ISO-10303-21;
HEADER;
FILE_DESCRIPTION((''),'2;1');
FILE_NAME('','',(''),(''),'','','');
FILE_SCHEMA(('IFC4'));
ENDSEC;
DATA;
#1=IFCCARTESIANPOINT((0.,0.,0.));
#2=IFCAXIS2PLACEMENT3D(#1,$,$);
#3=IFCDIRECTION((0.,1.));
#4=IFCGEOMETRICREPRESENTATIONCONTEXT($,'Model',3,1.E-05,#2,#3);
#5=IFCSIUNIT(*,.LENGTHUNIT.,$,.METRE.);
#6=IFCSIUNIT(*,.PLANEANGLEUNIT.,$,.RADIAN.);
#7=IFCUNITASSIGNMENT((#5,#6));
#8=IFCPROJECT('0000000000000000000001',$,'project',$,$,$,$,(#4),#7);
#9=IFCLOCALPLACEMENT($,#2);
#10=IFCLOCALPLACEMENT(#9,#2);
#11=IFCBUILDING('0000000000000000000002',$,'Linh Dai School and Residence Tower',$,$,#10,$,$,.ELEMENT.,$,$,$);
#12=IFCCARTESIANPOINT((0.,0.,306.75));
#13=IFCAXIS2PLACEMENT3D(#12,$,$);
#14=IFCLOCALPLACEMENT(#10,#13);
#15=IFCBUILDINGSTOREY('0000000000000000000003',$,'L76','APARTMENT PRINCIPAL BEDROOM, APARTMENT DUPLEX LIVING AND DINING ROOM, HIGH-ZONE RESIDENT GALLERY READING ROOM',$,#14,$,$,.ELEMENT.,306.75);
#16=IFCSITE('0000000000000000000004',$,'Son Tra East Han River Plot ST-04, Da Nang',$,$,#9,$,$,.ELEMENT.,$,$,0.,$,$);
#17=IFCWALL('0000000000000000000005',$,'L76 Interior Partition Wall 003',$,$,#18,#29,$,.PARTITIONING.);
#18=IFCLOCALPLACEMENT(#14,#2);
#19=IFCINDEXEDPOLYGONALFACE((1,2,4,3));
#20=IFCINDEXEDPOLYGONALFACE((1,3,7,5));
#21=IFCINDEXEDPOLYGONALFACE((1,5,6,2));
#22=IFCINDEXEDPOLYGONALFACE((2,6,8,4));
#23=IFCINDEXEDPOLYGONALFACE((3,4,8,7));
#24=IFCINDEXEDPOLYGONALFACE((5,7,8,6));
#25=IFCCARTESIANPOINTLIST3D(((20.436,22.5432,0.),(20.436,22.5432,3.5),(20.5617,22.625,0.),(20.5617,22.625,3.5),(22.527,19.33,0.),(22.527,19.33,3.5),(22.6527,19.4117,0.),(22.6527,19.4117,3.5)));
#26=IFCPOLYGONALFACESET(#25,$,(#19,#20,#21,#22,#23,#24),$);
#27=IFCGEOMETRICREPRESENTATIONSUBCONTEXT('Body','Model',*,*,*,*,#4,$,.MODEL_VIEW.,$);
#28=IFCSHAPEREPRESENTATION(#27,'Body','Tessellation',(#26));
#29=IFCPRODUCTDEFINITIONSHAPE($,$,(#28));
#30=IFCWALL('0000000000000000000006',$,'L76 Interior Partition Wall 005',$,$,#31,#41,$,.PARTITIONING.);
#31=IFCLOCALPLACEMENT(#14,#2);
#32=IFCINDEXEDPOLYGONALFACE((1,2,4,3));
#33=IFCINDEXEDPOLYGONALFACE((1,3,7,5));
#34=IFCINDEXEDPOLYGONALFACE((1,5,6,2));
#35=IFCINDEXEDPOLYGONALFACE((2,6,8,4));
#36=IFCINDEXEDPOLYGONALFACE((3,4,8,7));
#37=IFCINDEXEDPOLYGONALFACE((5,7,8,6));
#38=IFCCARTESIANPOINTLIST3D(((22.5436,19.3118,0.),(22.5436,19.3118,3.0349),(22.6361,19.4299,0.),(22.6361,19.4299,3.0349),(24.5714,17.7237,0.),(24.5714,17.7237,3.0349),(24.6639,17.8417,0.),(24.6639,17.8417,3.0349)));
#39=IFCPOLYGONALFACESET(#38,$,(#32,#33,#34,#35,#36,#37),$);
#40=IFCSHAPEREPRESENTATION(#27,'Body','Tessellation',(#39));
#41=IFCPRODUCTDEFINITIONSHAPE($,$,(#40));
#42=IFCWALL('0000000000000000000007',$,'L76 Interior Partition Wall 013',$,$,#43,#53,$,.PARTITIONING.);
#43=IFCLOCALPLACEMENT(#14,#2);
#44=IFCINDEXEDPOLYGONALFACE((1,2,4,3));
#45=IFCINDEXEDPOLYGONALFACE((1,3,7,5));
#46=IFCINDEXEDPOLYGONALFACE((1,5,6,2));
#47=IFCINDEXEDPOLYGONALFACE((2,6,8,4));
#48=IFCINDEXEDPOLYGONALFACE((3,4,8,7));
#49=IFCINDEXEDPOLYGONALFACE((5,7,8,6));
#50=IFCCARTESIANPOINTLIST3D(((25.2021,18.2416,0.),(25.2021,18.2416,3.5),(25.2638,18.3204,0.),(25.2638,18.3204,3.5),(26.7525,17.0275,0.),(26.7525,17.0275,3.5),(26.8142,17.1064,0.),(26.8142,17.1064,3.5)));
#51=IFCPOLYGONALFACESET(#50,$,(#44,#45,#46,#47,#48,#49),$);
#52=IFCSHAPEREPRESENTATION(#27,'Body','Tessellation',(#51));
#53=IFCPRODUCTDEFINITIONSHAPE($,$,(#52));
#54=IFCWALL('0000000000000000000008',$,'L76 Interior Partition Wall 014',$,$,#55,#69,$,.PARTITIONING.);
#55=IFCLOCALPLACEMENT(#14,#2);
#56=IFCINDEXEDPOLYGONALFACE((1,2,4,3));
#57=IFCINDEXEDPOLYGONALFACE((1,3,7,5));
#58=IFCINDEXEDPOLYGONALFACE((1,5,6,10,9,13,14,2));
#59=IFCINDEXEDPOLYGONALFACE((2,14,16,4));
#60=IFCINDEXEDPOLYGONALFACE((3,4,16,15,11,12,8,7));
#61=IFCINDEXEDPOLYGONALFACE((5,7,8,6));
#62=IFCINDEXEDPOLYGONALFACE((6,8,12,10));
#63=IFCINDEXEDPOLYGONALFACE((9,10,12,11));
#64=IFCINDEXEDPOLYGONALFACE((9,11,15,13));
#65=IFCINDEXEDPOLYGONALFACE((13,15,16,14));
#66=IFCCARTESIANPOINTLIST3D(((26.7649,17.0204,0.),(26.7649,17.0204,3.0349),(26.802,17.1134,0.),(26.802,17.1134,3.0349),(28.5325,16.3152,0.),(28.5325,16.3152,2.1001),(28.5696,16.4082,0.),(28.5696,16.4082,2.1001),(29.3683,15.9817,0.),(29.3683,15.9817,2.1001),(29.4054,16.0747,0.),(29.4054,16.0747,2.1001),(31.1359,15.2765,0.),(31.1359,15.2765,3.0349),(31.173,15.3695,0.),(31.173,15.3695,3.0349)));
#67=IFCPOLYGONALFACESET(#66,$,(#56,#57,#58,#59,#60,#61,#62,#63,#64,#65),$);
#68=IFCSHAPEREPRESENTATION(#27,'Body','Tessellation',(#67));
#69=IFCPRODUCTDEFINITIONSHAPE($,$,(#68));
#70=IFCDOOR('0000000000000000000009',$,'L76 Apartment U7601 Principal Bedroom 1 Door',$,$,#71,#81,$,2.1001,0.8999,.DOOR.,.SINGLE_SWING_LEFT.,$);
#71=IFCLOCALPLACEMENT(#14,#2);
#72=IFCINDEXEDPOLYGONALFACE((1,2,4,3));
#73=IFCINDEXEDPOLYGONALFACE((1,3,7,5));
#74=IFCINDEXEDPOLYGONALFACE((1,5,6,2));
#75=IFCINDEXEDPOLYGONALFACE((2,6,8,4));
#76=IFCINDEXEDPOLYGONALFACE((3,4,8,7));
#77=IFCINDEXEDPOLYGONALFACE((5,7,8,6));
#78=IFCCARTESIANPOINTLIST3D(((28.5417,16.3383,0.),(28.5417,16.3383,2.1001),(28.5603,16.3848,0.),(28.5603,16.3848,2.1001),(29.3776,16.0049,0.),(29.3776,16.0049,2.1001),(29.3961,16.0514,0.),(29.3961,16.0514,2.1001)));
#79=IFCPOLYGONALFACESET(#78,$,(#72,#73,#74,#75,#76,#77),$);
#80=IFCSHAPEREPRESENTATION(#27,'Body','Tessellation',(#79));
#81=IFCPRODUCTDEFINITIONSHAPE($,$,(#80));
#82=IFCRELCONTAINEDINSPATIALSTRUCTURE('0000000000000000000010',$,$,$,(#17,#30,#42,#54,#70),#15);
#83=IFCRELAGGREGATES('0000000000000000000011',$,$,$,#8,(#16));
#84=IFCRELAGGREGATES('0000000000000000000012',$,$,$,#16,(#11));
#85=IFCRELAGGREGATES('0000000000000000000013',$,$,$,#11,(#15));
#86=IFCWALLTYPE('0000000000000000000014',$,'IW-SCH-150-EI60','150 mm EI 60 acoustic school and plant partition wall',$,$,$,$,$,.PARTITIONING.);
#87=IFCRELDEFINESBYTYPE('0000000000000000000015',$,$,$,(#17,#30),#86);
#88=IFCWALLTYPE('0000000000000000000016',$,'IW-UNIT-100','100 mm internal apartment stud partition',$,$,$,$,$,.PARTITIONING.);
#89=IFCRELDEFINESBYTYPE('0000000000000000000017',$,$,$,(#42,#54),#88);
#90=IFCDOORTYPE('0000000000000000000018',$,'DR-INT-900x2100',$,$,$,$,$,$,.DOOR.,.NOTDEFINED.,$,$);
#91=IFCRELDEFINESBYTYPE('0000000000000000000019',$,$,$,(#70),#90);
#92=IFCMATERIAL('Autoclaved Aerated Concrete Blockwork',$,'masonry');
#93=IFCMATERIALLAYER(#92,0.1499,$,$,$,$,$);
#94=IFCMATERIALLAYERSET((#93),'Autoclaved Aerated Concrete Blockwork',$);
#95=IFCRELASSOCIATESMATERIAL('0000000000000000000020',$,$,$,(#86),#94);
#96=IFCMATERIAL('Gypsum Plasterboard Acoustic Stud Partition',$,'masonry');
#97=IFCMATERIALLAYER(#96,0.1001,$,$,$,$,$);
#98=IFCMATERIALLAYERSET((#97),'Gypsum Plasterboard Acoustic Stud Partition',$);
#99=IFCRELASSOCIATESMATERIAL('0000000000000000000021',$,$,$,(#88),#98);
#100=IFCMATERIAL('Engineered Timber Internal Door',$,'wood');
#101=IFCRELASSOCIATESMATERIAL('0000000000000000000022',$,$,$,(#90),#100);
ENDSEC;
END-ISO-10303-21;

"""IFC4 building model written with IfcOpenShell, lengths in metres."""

from ifc_helpers import new_model, si_unit, direction, frame, frame_2d, origin, origin_2d, place, context, subcontext, project, spatial, rectangle, extrude, source, transform, mapped, material, layer, layer_set, type_object, element, fill, save


model = new_model("IFC4")

# Units and contexts
model_context = context("Model", 3, precision=1e-05, world=origin(), true_north=direction((0.0, 1.0)))
body_context = subcontext(model_context, "Body", "Model", "MODEL_VIEW")
ifc_project = project(units=[si_unit("LENGTHUNIT", "METRE"), si_unit("PLANEANGLEUNIT", "RADIAN")], contexts=[model_context])

# Site, building, storey
site_placement = place(None, origin())
site = spatial("IfcSite", under=ifc_project, at=site_placement, Name="Son Tra East Han River Plot ST-04, Da Nang", CompositionType="ELEMENT", RefElevation=0.0)
building_placement = place(site_placement, origin())
building = spatial("IfcBuilding", under=site, at=building_placement, Name="Linh Dai School and Residence Tower", CompositionType="ELEMENT")
storey_placement = place(building_placement, frame((0.0, 0.0, 306.75)))
storey = spatial("IfcBuildingStorey", under=building, at=storey_placement, Name="L76", Description="APARTMENT PRINCIPAL BEDROOM, APARTMENT DUPLEX LIVING AND DINING ROOM, HIGH-ZONE RESIDENT GALLERY READING ROOM", CompositionType="ELEMENT", Elevation=306.75)

# Shared definitions
ifc_material_1 = material(Name="Autoclaved Aerated Concrete Blockwork", Category="masonry")

# Walls
ifc_layer_1 = layer(ifc_material_1, 0.1499)
ifc_layer_set_1 = layer_set([ifc_layer_1], Name="Autoclaved Aerated Concrete Blockwork")
wall_type_1 = type_object("IfcWallType", Name="IW-SCH-150-EI60", Description="150 mm EI 60 acoustic school and plant partition wall", PredefinedType="PARTITIONING", material=ifc_layer_set_1)
wall_1_placement = place(storey_placement, frame((20.4988, 22.5842, 0.0), z_axis=(0.0, 0.0, 1.0), x_axis=(0.545423, -0.838161, 0.0)))
element("IfcWall", 1, at=wall_1_placement, inside=storey, type_object=wall_type_1, Name="L76 Interior Partition Wall 003", PredefinedType="PARTITIONING", context=body_context, shape_type="SweptSolid", body=[
    extrude(rectangle(XDim=3.8337, YDim=0.1499, at=frame_2d((1.917, 0.0))), origin(), (0.0, 0.0, 1.0), 3.5),
])
wall_2_placement = place(storey_placement, frame((22.5898, 19.3708, 0.0), z_axis=(0.0, 0.0, 1.0), x_axis=(0.787291, -0.616582, 0.0)))
element("IfcWall", 2, at=wall_2_placement, inside=storey, type_object=wall_type_1, Name="L76 Interior Partition Wall 005", PredefinedType="PARTITIONING", context=body_context, shape_type="SweptSolid", body=[
    extrude(rectangle(XDim=2.5757, YDim=0.1499, at=frame_2d((1.2878, 0.0))), origin(), (0.0, 0.0, 1.0), 3.0349),
])
ifc_material_2 = material(Name="Gypsum Plasterboard Acoustic Stud Partition", Category="masonry")
ifc_layer_2 = layer(ifc_material_2, 0.1001)
ifc_layer_set_2 = layer_set([ifc_layer_2], Name="Gypsum Plasterboard Acoustic Stud Partition")
wall_type_2 = type_object("IfcWallType", Name="IW-UNIT-100", Description="100 mm internal apartment stud partition", PredefinedType="PARTITIONING", material=ifc_layer_set_2)
wall_3_placement = place(storey_placement, frame((25.2329, 18.281, 0.0), z_axis=(0.0, 0.0, 1.0), x_axis=(0.787345, -0.616512, 0.0)))
element("IfcWall", 3, at=wall_3_placement, inside=storey, type_object=wall_type_2, Name="L76 Interior Partition Wall 013", PredefinedType="PARTITIONING", context=body_context, shape_type="SweptSolid", body=[
    extrude(rectangle(XDim=1.9692, YDim=0.1001, at=frame_2d((0.9846, 0.0))), origin(), (0.0, 0.0, 1.0), 3.5),
])

# Wall, opening, door
wall_4_placement = place(storey_placement, frame((26.7834, 17.0669, 0.0), z_axis=(0.0, 0.0, 1.0), x_axis=(0.928809, -0.370559, 0.0)))
wall_4 = element("IfcWall", 4, at=wall_4_placement, inside=storey, type_object=wall_type_2, Name="L76 Interior Partition Wall 014", PredefinedType="PARTITIONING", context=body_context, shape_type="SweptSolid", body=[
    extrude(rectangle(XDim=4.7061, YDim=0.1001, at=frame_2d((2.353, 0.0))), origin(), (0.0, 0.0, 1.0), 3.0349),
])
opening_1_placement = place(wall_4_placement, frame((1.9031, 0.0, 0.0)))
opening_1 = element("IfcOpeningElement", 5, at=opening_1_placement, cuts=wall_4, PredefinedType="OPENING", context=body_context, shape_type="SweptSolid", body=[
    extrude(rectangle(XDim=0.8999, YDim=2.1001, at=origin_2d()), frame((0.45, 0.0601, 1.05), z_axis=(0.0, -1.0, 0.0), x_axis=(1.0, 0.0, 0.0)), (0.0, 0.0, 1.0), 0.1201),
])
ifc_material_3 = material(Name="Engineered Timber Internal Door", Category="wood")
door_type_1 = type_object("IfcDoorType", Name="DR-INT-900x2100", OperationType="NOTDEFINED", PredefinedType="DOOR", material=ifc_material_3)
shared_shape_1 = source(origin(), body_context, "Body", "SweptSolid", [
    extrude(rectangle(XDim=0.8999, YDim=2.1001, at=origin_2d()), frame((0.45, 0.0249, 1.05), z_axis=(0.0, -1.0, 0.0), x_axis=(1.0, 0.0, 0.0)), (0.0, 0.0, 1.0), 0.05),
])
door_1_placement = place(opening_1_placement, origin())
door_1 = element("IfcDoor", 6, at=door_1_placement, inside=storey, type_object=door_type_1, Name="L76 Apartment U7601 Principal Bedroom 1 Door", OperationType="SINGLE_SWING_LEFT", OverallHeight=2.1001, OverallWidth=0.8999, PredefinedType="DOOR", context=body_context, shape_type="MappedRepresentation", body=[
    mapped(shared_shape_1, transform((0.0, 0.0, 0.0), x_axis=(1.0, 0.0, 0.0), y_axis=(0.0, 1.0, 0.0), z_axis=(0.0, 0.0, 1.0), scale=1.0)),
])
fill(opening_1, door_1)

save(model, "model.ifc")
